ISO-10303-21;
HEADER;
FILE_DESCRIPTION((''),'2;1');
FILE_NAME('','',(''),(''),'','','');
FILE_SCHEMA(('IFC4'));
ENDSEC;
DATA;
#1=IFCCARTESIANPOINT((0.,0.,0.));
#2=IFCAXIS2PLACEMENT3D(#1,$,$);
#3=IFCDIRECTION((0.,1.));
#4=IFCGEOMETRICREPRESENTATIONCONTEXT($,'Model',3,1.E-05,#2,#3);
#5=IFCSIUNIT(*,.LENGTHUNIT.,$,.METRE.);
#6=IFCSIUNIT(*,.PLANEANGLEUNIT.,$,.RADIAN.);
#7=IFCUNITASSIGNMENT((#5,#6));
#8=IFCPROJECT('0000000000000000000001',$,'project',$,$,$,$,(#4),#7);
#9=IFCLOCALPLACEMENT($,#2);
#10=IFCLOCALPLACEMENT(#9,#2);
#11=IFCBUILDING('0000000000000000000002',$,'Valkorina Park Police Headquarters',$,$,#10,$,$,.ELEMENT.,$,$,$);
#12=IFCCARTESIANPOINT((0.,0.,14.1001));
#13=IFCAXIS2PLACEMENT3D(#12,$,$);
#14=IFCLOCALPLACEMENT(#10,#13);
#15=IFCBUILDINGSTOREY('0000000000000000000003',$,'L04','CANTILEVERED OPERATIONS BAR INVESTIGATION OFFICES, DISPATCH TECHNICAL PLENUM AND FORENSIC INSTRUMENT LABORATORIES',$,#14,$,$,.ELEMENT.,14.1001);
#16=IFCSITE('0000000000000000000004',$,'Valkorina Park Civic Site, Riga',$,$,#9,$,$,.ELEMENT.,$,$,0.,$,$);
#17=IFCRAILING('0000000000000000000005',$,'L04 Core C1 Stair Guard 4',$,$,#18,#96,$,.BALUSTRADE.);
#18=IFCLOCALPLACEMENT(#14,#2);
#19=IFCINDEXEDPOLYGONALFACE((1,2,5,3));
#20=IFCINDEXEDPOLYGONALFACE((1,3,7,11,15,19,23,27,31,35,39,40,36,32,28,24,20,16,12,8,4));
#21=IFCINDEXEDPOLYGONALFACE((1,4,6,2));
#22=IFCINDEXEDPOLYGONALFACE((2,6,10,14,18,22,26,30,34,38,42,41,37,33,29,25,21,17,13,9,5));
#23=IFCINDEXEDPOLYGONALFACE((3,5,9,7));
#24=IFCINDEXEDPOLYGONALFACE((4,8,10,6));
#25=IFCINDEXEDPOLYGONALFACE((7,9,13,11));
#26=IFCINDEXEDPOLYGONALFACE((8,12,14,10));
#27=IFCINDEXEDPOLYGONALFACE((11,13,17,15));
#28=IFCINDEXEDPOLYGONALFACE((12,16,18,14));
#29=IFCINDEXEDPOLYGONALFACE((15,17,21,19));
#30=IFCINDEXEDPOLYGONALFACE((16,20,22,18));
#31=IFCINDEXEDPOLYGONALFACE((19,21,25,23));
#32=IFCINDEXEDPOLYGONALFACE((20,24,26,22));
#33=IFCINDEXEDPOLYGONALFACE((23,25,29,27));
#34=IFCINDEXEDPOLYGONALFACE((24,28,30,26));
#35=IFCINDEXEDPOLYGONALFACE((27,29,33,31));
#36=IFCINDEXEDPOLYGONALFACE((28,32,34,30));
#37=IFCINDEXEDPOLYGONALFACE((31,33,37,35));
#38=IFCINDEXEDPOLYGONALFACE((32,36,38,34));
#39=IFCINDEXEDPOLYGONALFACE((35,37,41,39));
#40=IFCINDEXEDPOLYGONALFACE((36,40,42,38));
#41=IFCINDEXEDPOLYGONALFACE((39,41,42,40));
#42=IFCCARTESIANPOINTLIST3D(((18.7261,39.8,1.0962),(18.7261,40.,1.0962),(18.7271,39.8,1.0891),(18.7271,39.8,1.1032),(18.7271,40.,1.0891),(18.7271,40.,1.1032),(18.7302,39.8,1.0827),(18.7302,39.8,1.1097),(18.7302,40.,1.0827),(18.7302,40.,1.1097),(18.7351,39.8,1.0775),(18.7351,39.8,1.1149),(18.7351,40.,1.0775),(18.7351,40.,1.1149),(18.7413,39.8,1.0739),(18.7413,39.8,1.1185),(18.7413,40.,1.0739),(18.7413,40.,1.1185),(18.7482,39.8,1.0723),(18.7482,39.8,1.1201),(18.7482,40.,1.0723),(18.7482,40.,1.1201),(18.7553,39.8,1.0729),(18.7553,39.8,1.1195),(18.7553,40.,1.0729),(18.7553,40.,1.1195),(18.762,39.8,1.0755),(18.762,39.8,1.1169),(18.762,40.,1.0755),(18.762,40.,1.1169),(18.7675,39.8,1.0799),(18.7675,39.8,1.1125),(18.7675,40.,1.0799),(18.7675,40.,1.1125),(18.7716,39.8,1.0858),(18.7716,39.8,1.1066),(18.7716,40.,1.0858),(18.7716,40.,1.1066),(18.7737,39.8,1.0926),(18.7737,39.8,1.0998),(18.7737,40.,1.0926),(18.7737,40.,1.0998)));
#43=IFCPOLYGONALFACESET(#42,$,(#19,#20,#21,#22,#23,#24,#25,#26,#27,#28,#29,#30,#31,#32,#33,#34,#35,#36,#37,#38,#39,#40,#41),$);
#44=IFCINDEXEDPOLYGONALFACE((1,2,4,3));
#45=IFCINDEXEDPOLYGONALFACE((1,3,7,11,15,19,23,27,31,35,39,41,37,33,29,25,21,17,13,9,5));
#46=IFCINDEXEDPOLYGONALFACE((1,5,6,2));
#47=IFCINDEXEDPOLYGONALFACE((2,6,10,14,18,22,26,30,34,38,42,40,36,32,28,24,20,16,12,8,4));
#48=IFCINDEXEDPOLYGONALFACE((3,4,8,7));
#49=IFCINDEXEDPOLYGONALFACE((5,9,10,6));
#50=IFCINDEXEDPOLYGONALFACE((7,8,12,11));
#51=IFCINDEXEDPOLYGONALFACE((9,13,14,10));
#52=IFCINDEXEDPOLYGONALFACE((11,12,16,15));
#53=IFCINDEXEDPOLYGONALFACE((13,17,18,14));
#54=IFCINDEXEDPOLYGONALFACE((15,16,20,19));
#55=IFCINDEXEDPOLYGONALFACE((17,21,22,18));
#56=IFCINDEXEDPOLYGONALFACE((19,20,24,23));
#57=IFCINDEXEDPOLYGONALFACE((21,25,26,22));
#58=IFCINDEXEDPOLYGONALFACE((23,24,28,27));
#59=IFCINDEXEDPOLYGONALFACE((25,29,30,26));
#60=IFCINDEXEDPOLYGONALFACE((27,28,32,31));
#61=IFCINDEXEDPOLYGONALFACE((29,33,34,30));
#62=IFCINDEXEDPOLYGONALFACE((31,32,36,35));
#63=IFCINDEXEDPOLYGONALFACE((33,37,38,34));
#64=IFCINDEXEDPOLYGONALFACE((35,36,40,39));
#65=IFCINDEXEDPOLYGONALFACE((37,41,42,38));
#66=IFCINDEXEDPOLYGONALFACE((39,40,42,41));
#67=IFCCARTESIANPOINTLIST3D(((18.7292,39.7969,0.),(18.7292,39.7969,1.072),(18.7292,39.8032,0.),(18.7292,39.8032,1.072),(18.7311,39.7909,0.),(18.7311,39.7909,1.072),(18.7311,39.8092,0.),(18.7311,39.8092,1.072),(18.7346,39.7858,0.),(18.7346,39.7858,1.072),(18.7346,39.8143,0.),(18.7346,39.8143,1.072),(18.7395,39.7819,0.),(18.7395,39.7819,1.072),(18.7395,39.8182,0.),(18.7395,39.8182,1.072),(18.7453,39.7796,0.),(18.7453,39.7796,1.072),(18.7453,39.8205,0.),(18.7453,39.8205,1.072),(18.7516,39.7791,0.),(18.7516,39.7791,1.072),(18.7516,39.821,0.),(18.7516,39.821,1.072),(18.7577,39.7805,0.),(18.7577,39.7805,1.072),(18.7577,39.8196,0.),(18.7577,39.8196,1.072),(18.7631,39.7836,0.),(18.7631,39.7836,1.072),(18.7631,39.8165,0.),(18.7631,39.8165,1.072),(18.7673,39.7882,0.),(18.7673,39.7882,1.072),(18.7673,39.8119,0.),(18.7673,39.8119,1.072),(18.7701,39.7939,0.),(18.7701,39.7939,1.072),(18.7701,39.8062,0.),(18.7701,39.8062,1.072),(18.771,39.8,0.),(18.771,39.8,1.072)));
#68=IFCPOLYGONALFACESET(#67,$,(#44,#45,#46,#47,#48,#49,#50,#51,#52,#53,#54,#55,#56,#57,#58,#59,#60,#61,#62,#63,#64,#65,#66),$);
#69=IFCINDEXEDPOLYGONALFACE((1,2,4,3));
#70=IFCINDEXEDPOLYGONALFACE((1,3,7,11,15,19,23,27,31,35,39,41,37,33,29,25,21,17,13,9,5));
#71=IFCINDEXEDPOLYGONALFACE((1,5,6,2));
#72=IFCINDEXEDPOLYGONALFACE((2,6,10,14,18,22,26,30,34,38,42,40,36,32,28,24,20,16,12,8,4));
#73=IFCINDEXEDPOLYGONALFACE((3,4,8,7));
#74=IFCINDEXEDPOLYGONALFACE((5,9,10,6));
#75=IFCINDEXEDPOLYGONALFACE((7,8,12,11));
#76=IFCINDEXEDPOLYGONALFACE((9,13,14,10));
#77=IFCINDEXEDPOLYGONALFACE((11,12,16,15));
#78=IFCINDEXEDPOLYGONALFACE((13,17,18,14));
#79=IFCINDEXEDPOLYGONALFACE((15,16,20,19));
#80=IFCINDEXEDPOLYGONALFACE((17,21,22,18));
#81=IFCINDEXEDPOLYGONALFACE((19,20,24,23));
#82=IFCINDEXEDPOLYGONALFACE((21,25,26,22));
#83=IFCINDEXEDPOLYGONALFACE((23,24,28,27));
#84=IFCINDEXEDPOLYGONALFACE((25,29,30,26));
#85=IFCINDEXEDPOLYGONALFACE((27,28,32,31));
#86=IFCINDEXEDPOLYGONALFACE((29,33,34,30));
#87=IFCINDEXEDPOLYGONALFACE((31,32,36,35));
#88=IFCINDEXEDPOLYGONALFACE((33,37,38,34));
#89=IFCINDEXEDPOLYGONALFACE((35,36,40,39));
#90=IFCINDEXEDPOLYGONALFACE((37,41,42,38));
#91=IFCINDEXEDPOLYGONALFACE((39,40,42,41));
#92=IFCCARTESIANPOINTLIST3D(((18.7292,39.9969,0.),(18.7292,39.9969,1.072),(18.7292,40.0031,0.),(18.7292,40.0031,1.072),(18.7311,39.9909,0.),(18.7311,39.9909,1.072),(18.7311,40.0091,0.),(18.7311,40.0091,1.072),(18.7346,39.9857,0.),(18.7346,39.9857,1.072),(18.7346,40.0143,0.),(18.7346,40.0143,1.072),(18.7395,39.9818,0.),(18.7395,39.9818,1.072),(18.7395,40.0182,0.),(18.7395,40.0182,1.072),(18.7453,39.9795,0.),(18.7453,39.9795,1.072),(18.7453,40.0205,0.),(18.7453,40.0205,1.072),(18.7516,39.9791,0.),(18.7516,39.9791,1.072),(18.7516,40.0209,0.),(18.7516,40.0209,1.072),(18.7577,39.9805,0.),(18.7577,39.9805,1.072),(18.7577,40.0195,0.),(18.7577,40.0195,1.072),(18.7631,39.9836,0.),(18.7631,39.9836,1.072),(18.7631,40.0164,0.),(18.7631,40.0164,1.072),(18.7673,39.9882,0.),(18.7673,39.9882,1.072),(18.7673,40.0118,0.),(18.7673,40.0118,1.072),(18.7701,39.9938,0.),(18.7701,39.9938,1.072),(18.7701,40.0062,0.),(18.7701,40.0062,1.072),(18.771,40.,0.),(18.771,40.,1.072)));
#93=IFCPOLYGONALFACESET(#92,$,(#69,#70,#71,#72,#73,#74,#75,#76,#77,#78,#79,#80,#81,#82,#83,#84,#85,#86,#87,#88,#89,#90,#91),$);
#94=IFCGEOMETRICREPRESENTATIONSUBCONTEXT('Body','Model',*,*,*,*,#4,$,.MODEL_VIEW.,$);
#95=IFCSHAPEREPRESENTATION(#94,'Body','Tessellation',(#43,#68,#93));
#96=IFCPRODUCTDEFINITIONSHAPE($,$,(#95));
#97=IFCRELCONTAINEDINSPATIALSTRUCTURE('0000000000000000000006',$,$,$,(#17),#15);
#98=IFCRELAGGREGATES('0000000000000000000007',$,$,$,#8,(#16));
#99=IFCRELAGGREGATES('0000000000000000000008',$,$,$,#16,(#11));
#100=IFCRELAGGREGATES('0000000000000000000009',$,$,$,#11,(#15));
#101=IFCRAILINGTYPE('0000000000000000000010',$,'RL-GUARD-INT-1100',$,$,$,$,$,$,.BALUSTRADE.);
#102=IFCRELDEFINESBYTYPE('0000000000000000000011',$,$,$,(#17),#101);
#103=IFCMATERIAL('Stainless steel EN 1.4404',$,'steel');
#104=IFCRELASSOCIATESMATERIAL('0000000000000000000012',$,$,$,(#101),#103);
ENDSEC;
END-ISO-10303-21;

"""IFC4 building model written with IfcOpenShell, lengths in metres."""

from ifc_helpers import new_model, si_unit, direction, frame, origin, origin_2d, place, context, subcontext, project, spatial, circle, extrude, material, type_object, element, save


model = new_model("IFC4")

# Units and contexts
model_context = context("Model", 3, precision=1e-05, world=origin(), true_north=direction((0.0, 1.0)))
body_context = subcontext(model_context, "Body", "Model", "MODEL_VIEW")
ifc_project = project(units=[si_unit("LENGTHUNIT", "METRE"), si_unit("PLANEANGLEUNIT", "RADIAN")], contexts=[model_context])

# Site, building, storey
site_placement = place(None, origin())
site = spatial("IfcSite", under=ifc_project, at=site_placement, Name="Valkorina Park Civic Site, Riga", CompositionType="ELEMENT", RefElevation=0.0)
building_placement = place(site_placement, origin())
building = spatial("IfcBuilding", under=site, at=building_placement, Name="Valkorina Park Police Headquarters", CompositionType="ELEMENT")
storey_placement = place(building_placement, frame((0.0, 0.0, 14.1001)))
storey = spatial("IfcBuildingStorey", under=building, at=storey_placement, Name="L04", Description="CANTILEVERED OPERATIONS BAR INVESTIGATION OFFICES, DISPATCH TECHNICAL PLENUM AND FORENSIC INSTRUMENT LABORATORIES", CompositionType="ELEMENT", Elevation=14.1001)

# Railing
ifc_material_1 = material(Name="Stainless steel EN 1.4404", Category="steel")
railing_type_1 = type_object("IfcRailingType", Name="RL-GUARD-INT-1100", PredefinedType="BALUSTRADE", material=ifc_material_1)
railing_1_placement = place(storey_placement, frame((18.75, 39.8, 0.0)))
element("IfcRailing", 1, at=railing_1_placement, inside=storey, type_object=railing_type_1, Name="L04 Core C1 Stair Guard 4", PredefinedType="BALUSTRADE", context=body_context, shape_type="SweptSolid", body=[
    extrude(circle(Radius=0.0239, at=origin_2d()), frame((0.0, 0.0, 1.0962), z_axis=(0.0, 1.0, 0.0), x_axis=(-1.0, 0.0, 0.0)), (0.0, 0.0, 1.0), 0.2),
    extrude(circle(Radius=0.021, at=origin_2d()), origin(), (0.0, 0.0, 1.0), 1.072),
    extrude(circle(Radius=0.021, at=origin_2d()), frame((0.0, 0.2, 0.0)), (0.0, 0.0, 1.0), 1.072),
])

save(model, "model.ifc")
